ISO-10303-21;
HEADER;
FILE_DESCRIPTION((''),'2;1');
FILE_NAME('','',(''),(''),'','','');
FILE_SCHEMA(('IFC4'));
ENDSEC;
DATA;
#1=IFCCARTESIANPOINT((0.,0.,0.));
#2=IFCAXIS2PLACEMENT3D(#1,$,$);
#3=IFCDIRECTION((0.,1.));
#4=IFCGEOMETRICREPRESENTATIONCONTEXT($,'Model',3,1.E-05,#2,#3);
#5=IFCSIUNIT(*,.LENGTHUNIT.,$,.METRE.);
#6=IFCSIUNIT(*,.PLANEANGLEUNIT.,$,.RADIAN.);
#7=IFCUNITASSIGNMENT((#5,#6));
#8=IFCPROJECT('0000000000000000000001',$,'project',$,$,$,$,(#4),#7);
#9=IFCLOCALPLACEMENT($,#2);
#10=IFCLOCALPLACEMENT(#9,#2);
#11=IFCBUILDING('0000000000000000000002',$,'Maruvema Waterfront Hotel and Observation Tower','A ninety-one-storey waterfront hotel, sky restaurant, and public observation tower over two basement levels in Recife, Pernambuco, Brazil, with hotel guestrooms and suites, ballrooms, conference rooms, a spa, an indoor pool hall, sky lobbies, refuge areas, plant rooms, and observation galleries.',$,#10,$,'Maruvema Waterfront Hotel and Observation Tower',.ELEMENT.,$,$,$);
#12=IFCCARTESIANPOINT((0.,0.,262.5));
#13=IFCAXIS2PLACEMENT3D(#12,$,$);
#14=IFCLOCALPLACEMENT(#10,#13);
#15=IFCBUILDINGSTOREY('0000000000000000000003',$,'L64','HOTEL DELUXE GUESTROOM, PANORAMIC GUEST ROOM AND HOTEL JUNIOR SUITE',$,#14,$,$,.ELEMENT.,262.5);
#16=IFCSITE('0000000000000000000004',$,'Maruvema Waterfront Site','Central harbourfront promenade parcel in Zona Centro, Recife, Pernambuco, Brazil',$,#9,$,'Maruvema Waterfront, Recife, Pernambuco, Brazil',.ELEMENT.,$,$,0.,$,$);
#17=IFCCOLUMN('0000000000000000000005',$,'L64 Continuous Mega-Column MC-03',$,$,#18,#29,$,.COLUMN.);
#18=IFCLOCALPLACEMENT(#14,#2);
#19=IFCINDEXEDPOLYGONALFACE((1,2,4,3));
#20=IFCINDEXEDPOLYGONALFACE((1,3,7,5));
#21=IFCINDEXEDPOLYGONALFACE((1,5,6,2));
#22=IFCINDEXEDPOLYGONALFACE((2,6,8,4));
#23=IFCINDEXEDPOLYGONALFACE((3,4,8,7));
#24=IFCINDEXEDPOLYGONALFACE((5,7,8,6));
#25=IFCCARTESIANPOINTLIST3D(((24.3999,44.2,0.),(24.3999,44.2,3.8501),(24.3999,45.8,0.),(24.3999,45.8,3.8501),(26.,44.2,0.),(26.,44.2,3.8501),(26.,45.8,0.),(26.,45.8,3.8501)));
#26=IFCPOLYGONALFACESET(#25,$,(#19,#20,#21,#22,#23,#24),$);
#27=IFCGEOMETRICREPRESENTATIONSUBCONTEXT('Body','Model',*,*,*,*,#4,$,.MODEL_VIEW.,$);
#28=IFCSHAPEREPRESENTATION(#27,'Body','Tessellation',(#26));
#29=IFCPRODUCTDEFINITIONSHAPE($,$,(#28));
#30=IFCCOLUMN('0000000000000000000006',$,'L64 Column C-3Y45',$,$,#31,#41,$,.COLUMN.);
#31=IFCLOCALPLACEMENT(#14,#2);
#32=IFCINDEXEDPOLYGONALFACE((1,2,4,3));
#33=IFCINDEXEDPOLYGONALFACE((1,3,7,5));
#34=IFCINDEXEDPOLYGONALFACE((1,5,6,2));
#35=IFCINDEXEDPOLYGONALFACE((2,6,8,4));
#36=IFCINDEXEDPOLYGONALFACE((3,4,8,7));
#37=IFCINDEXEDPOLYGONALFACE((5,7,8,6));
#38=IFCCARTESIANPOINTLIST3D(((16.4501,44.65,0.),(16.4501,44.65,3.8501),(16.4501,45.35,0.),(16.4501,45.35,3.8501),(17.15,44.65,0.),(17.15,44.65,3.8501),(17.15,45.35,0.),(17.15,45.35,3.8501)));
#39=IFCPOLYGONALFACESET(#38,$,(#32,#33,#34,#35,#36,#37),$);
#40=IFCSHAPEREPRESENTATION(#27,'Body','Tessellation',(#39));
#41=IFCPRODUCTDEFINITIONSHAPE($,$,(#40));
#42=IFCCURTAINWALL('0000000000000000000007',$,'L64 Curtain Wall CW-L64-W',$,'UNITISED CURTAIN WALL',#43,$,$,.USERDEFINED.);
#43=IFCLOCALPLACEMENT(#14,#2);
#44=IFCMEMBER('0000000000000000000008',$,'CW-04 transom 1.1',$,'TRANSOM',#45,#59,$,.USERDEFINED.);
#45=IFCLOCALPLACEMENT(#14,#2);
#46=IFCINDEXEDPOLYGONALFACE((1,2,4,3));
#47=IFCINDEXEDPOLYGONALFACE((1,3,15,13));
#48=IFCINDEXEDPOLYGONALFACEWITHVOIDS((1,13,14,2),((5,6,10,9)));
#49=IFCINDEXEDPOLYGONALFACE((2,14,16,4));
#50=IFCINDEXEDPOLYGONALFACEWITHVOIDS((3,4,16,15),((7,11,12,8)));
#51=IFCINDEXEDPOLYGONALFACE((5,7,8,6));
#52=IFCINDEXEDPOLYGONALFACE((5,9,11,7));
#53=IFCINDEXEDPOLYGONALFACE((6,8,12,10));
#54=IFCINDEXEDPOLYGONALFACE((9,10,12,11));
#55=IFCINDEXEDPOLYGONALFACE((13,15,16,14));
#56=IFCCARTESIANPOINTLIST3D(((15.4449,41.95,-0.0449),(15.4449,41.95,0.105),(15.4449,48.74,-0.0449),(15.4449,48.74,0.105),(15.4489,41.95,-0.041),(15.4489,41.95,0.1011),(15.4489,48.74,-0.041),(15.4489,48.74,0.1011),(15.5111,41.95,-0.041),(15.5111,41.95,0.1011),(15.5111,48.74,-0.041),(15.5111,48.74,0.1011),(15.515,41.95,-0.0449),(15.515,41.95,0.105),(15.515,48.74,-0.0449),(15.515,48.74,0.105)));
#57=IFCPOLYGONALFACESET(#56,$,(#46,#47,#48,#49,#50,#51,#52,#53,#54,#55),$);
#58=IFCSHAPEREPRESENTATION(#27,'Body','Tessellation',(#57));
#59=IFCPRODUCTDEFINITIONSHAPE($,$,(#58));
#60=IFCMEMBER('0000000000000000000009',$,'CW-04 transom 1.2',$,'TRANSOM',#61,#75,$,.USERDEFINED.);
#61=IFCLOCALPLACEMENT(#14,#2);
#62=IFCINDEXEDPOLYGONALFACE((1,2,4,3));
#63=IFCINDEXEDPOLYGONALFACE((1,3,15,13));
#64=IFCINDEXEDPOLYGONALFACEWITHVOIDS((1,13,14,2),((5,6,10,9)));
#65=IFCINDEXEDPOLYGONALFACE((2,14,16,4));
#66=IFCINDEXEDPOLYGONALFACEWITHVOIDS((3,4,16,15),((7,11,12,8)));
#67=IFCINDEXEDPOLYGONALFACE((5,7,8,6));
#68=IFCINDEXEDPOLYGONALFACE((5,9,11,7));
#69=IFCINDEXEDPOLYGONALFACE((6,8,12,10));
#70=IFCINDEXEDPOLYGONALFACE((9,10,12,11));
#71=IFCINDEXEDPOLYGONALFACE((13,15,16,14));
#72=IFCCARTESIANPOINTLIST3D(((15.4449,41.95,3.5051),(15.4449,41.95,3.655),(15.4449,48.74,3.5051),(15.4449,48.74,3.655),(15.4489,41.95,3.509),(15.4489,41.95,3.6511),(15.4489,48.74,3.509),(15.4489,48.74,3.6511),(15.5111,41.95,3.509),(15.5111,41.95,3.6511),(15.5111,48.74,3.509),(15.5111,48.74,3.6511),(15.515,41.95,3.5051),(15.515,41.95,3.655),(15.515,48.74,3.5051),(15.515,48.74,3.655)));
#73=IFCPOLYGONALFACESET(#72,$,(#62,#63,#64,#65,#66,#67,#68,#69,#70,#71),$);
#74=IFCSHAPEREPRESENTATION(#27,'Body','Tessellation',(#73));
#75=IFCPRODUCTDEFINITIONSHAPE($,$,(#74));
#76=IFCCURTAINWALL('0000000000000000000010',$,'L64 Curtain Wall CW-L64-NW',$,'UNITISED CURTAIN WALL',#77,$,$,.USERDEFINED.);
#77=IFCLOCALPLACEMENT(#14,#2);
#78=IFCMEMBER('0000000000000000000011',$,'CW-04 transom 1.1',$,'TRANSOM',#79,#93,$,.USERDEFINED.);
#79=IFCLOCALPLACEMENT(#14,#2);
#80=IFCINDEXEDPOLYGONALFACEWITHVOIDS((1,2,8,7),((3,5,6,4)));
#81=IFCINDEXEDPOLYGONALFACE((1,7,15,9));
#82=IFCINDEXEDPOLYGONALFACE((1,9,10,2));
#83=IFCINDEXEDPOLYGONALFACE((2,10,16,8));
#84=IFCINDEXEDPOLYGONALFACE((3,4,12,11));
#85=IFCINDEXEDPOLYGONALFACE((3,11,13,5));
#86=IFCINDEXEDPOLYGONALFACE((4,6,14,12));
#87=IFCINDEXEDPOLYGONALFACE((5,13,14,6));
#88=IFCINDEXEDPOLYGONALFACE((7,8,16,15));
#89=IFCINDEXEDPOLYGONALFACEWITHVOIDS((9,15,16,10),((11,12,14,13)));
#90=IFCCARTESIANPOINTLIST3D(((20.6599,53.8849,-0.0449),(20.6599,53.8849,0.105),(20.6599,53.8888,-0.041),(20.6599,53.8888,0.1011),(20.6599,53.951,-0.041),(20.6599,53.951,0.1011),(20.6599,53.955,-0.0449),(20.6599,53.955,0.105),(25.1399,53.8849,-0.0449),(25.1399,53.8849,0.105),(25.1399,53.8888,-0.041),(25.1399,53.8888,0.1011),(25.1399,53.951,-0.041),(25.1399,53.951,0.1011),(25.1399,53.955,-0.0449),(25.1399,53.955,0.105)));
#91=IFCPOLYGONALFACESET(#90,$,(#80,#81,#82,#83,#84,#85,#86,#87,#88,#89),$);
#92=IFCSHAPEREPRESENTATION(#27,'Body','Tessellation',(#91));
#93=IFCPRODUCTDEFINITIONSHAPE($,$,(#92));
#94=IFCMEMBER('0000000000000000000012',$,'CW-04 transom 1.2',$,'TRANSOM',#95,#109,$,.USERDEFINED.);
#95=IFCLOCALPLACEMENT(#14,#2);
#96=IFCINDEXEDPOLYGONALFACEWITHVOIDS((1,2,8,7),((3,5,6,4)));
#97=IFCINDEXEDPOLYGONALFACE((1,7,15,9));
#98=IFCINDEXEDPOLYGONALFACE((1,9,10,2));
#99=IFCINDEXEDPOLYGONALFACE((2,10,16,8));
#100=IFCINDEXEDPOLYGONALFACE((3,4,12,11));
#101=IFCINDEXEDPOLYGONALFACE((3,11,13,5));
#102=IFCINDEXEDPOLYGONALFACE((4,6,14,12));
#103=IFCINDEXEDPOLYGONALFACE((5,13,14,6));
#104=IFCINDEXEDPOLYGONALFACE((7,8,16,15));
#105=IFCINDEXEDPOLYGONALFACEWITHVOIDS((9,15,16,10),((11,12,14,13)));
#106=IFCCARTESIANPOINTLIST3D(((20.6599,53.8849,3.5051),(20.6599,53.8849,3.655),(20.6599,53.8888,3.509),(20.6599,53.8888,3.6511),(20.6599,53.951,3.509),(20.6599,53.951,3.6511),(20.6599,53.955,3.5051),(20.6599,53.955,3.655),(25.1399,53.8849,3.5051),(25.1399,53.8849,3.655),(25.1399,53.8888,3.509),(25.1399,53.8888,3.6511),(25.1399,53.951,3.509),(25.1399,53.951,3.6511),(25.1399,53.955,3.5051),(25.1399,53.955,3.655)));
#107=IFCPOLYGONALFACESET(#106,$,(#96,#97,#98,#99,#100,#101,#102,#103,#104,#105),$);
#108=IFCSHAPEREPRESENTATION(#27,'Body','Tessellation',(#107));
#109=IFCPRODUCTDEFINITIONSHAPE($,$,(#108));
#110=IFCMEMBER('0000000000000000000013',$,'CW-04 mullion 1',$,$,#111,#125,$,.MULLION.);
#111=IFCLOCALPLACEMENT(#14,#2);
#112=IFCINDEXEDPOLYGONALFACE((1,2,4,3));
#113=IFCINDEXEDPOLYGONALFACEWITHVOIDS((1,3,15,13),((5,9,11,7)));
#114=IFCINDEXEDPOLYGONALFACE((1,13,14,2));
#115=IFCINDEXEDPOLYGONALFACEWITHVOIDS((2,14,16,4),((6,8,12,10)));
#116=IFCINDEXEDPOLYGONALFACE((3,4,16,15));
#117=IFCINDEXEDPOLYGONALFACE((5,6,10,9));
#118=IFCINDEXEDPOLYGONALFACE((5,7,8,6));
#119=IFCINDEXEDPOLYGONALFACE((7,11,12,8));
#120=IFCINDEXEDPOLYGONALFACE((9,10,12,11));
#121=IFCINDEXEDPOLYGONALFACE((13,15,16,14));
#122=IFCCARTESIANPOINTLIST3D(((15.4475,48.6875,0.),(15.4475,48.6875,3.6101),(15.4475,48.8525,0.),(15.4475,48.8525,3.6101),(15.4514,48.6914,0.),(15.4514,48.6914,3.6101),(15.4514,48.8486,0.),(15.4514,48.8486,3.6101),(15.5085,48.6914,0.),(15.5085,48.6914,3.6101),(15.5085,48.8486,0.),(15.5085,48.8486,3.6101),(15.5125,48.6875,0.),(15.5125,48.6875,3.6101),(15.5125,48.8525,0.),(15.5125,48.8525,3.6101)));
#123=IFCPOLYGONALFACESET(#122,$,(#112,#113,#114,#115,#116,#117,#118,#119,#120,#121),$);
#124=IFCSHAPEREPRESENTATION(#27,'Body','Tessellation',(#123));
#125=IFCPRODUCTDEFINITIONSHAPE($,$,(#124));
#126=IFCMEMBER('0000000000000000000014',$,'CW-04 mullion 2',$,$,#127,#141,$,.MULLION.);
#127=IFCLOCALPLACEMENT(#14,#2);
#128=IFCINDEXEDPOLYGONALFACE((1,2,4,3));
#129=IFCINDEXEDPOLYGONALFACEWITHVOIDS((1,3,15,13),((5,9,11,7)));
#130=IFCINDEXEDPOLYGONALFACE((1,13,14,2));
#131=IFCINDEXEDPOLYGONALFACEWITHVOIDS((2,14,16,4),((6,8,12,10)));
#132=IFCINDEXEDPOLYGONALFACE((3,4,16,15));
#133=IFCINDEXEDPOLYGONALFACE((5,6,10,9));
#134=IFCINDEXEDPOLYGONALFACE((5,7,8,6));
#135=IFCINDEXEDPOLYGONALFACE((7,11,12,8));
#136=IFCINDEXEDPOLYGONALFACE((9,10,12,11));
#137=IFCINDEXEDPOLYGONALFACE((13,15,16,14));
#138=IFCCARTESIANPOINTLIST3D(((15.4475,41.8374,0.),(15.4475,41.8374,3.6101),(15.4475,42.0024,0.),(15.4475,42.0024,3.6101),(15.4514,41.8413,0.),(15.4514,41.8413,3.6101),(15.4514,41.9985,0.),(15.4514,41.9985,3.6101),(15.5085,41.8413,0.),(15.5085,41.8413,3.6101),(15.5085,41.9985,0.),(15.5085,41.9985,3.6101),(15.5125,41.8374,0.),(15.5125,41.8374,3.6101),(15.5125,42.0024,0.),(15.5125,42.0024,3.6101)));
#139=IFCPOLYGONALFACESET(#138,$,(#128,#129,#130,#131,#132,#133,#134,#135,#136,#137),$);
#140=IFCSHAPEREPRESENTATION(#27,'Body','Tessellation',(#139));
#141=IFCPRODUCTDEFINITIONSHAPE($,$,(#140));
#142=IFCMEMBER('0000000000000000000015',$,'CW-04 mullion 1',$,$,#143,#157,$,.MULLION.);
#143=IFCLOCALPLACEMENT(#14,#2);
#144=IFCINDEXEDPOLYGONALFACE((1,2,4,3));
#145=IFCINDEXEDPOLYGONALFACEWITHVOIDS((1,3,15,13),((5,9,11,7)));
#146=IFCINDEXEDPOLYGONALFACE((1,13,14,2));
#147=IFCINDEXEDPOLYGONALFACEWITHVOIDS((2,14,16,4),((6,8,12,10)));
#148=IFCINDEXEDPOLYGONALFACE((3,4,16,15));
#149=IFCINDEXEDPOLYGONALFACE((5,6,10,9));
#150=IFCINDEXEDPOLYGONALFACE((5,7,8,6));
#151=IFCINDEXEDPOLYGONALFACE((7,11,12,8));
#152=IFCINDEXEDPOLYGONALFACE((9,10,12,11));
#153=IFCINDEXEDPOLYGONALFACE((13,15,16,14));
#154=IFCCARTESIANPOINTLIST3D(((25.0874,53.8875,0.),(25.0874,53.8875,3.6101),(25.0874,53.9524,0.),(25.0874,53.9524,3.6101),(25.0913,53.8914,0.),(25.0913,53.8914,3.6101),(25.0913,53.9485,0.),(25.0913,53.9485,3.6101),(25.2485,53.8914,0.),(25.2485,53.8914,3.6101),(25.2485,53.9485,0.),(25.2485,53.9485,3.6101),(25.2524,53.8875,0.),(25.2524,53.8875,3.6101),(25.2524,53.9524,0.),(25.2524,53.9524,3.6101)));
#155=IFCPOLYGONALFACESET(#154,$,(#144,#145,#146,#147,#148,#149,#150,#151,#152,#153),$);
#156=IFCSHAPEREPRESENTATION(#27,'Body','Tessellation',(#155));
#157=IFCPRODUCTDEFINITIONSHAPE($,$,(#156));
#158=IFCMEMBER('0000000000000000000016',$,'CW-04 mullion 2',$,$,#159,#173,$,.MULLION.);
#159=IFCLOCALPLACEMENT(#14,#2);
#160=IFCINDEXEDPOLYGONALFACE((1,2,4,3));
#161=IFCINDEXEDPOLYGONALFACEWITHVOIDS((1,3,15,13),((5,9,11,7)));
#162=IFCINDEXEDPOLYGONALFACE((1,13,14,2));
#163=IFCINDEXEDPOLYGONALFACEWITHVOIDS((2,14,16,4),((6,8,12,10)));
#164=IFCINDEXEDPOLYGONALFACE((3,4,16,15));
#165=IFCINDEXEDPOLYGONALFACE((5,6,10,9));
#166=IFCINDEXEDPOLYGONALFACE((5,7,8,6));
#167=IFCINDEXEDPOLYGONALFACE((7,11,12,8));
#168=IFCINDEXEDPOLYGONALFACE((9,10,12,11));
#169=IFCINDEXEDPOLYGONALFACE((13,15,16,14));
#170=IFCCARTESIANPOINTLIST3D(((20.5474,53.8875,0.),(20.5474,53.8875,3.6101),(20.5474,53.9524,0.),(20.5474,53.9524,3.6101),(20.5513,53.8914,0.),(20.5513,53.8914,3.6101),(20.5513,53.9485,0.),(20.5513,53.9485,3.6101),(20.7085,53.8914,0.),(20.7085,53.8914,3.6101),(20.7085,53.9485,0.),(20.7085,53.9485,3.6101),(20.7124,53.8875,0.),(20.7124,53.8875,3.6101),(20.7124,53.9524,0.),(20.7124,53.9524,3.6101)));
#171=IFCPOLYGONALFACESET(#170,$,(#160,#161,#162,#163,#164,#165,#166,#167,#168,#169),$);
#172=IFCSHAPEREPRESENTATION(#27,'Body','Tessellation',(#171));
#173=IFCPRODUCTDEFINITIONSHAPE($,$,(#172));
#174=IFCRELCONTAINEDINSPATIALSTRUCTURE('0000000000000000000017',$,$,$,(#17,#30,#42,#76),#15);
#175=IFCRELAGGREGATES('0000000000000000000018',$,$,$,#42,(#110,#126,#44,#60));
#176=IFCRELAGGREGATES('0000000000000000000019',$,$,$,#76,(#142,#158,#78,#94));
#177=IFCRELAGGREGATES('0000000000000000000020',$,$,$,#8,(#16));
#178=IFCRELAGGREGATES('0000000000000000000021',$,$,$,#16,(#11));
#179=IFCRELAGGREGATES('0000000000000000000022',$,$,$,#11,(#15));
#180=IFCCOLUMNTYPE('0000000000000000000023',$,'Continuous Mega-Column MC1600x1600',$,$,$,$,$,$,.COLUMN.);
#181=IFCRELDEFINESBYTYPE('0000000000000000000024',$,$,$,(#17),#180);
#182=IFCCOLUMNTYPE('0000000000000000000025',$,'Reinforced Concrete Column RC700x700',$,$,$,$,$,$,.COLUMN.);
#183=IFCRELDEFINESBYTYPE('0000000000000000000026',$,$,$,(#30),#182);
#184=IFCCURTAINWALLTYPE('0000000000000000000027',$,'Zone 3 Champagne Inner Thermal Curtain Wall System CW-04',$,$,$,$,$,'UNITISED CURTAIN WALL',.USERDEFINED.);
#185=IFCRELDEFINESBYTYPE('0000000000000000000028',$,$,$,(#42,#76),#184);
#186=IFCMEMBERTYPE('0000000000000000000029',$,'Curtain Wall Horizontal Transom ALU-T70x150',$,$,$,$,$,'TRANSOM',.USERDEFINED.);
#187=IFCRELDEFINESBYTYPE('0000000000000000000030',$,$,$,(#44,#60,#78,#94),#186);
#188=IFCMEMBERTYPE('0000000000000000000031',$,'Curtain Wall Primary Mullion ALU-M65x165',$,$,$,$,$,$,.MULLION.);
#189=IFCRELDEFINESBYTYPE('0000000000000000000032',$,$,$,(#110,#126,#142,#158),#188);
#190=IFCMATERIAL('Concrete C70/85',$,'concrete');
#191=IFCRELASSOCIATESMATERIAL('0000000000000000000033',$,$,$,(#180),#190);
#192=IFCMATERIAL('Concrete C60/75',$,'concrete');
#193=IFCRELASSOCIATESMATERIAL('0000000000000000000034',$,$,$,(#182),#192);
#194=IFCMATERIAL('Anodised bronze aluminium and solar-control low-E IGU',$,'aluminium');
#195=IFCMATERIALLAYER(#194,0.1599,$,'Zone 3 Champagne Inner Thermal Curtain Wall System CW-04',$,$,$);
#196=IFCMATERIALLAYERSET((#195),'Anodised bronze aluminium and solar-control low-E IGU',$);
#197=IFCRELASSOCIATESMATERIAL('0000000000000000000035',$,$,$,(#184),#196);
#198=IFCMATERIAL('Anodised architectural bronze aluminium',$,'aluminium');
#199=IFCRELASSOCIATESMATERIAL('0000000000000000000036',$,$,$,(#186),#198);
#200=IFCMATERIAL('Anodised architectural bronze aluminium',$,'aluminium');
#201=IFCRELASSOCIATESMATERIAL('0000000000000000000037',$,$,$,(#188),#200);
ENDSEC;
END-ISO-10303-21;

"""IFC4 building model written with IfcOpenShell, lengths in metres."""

from ifc_helpers import new_model, si_unit, direction, frame, origin, origin_2d, place, context, subcontext, project, spatial, rectangle, hollow_rectangle, extrude, material, layer, layer_set, material_profile, profile_set, type_object, element, aggregate, save


model = new_model("IFC4")

# Units and contexts
model_context = context("Model", 3, precision=1e-05, world=origin(), true_north=direction((0.0, 1.0)))
body_context = subcontext(model_context, "Body", "Model", "MODEL_VIEW")
ifc_project = project(units=[si_unit("LENGTHUNIT", "METRE"), si_unit("PLANEANGLEUNIT", "RADIAN")], contexts=[model_context])

# Site, building, storey
site_placement = place(None, origin())
site = spatial("IfcSite", under=ifc_project, at=site_placement, Name="Maruvema Waterfront Site", Description="Central harbourfront promenade parcel in Zona Centro, Recife, Pernambuco, Brazil", LongName="Maruvema Waterfront, Recife, Pernambuco, Brazil", CompositionType="ELEMENT", RefElevation=0.0)
building_placement = place(site_placement, origin())
building = spatial("IfcBuilding", under=site, at=building_placement, Name="Maruvema Waterfront Hotel and Observation Tower", Description="A ninety-one-storey waterfront hotel, sky restaurant, and public observation tower over two basement levels in Recife, Pernambuco, Brazil, with hotel guestrooms and suites, ballrooms, conference rooms, a spa, an indoor pool hall, sky lobbies, refuge areas, plant rooms, and observation galleries.", LongName="Maruvema Waterfront Hotel and Observation Tower", CompositionType="ELEMENT")
storey_placement = place(building_placement, frame((0.0, 0.0, 262.5)))
storey = spatial("IfcBuildingStorey", under=building, at=storey_placement, Name="L64", Description="HOTEL DELUXE GUESTROOM, PANORAMIC GUEST ROOM AND HOTEL JUNIOR SUITE", CompositionType="ELEMENT", Elevation=262.5)

# Columns
ifc_material_1 = material(Name="Concrete C70/85", Category="concrete")
ifc_material_profile_1 = material_profile(ifc_material_1, rectangle(XDim=1.6001, YDim=1.6001, at=origin_2d()), Name="MC1600x1600")
ifc_profile_set_1 = profile_set([ifc_material_profile_1], Name="Concrete C70/85")
column_type_1 = type_object("IfcColumnType", Name="Continuous Mega-Column MC1600x1600", PredefinedType="COLUMN", material=ifc_profile_set_1)
column_1_placement = place(storey_placement, frame((25.2, 45.0, 0.0), z_axis=(0.0, 0.0, 1.0), x_axis=(1.0, 0.0, 0.0)))
element("IfcColumn", 1, at=column_1_placement, inside=storey, type_object=column_type_1, Name="L64 Continuous Mega-Column MC-03", PredefinedType="COLUMN", context=body_context, shape_type="SweptSolid", body=[
    extrude(rectangle(XDim=1.6001, YDim=1.6001, at=origin_2d()), origin(), (0.0, 0.0, 1.0), 3.8501),
])
ifc_material_2 = material(Name="Concrete C60/75", Category="concrete")
ifc_material_profile_2 = material_profile(ifc_material_2, rectangle(XDim=0.7, YDim=0.7, at=origin_2d()), Name="RC700x700")
ifc_profile_set_2 = profile_set([ifc_material_profile_2], Name="Concrete C60/75")
column_type_2 = type_object("IfcColumnType", Name="Reinforced Concrete Column RC700x700", PredefinedType="COLUMN", material=ifc_profile_set_2)
column_2_placement = place(storey_placement, frame((16.8, 45.0, 0.0), z_axis=(0.0, 0.0, 1.0), x_axis=(1.0, 0.0, 0.0)))
element("IfcColumn", 2, at=column_2_placement, inside=storey, type_object=column_type_2, Name="L64 Column C-3Y45", PredefinedType="COLUMN", context=body_context, shape_type="SweptSolid", body=[
    extrude(rectangle(XDim=0.7, YDim=0.7, at=origin_2d()), origin(), (0.0, 0.0, 1.0), 3.8501),
])

# Curtain walls, members
ifc_material_3 = material(Name="Anodised bronze aluminium and solar-control low-E IGU", Category="aluminium")
ifc_layer_1 = layer(ifc_material_3, 0.1599, Name="Zone 3 Champagne Inner Thermal Curtain Wall System CW-04")
ifc_layer_set_1 = layer_set([ifc_layer_1], Name="Anodised bronze aluminium and solar-control low-E IGU")
curtain_wall_type = type_object("IfcCurtainWallType", Name="Zone 3 Champagne Inner Thermal Curtain Wall System CW-04", ElementType="UNITISED CURTAIN WALL", PredefinedType="USERDEFINED", material=ifc_layer_set_1)
curtain_wall_1_placement = place(storey_placement, origin())
curtain_wall_1 = element("IfcCurtainWall", 3, at=curtain_wall_1_placement, inside=storey, type_object=curtain_wall_type, Name="L64 Curtain Wall CW-L64-W", ObjectType="UNITISED CURTAIN WALL", PredefinedType="USERDEFINED")
ifc_material_4 = material(Name="Anodised architectural bronze aluminium", Category="aluminium")
ifc_material_profile_3 = material_profile(ifc_material_4, hollow_rectangle(XDim=0.0701, YDim=0.1499, WallThickness=0.0039, at=origin_2d()), Name="ALU-T70x150")
ifc_profile_set_3 = profile_set([ifc_material_profile_3], Name="Anodised architectural bronze aluminium")
member_type_1 = type_object("IfcMemberType", Name="Curtain Wall Horizontal Transom ALU-T70x150", ElementType="TRANSOM", PredefinedType="USERDEFINED", material=ifc_profile_set_3)
member_1_placement = place(storey_placement, frame((15.48, 48.74, 0.03), z_axis=(0.0, -1.0, 0.0), x_axis=(1.0, 0.0, 0.0)))
member_1 = element("IfcMember", 4, at=member_1_placement, type_object=member_type_1, Name="CW-04 transom 1.1", ObjectType="TRANSOM", PredefinedType="USERDEFINED", context=body_context, shape_type="SweptSolid", body=[
    extrude(hollow_rectangle(XDim=0.0701, YDim=0.1499, WallThickness=0.0039, at=origin_2d()), origin(), (0.0, 0.0, 1.0), 6.79),
])
member_2_placement = place(storey_placement, frame((15.48, 48.74, 3.5801), z_axis=(0.0, -1.0, 0.0), x_axis=(1.0, 0.0, 0.0)))
member_2 = element("IfcMember", 5, at=member_2_placement, type_object=member_type_1, Name="CW-04 transom 1.2", ObjectType="TRANSOM", PredefinedType="USERDEFINED", context=body_context, shape_type="SweptSolid", body=[
    extrude(hollow_rectangle(XDim=0.0701, YDim=0.1499, WallThickness=0.0039, at=origin_2d()), origin(), (0.0, 0.0, 1.0), 6.79),
])
curtain_wall_2_placement = place(storey_placement, origin())
curtain_wall_2 = element("IfcCurtainWall", 6, at=curtain_wall_2_placement, inside=storey, type_object=curtain_wall_type, Name="L64 Curtain Wall CW-L64-NW", ObjectType="UNITISED CURTAIN WALL", PredefinedType="USERDEFINED")
member_3_placement = place(storey_placement, frame((25.1399, 53.9199, 0.03), z_axis=(-1.0, 0.0, 0.0), x_axis=(0.0, -1.0, 0.0)))
member_3 = element("IfcMember", 7, at=member_3_placement, type_object=member_type_1, Name="CW-04 transom 1.1", ObjectType="TRANSOM", PredefinedType="USERDEFINED", context=body_context, shape_type="SweptSolid", body=[
    extrude(hollow_rectangle(XDim=0.0701, YDim=0.1499, WallThickness=0.0039, at=origin_2d()), origin(), (0.0, 0.0, 1.0), 4.48),
])
member_4_placement = place(storey_placement, frame((25.1399, 53.9199, 3.5801), z_axis=(-1.0, 0.0, 0.0), x_axis=(0.0, -1.0, 0.0)))
member_4 = element("IfcMember", 8, at=member_4_placement, type_object=member_type_1, Name="CW-04 transom 1.2", ObjectType="TRANSOM", PredefinedType="USERDEFINED", context=body_context, shape_type="SweptSolid", body=[
    extrude(hollow_rectangle(XDim=0.0701, YDim=0.1499, WallThickness=0.0039, at=origin_2d()), origin(), (0.0, 0.0, 1.0), 4.48),
])

# Members
ifc_material_5 = material(Name="Anodised architectural bronze aluminium", Category="aluminium")
ifc_material_profile_4 = material_profile(ifc_material_5, hollow_rectangle(XDim=0.0649, YDim=0.165, WallThickness=0.0039, at=origin_2d()), Name="ALU-M65x165")
ifc_profile_set_4 = profile_set([ifc_material_profile_4], Name="Anodised architectural bronze aluminium")
member_type_2 = type_object("IfcMemberType", Name="Curtain Wall Primary Mullion ALU-M65x165", PredefinedType="MULLION", material=ifc_profile_set_4)
member_5_placement = place(storey_placement, frame((15.48, 48.77, 0.0), z_axis=(0.0, 0.0, 1.0), x_axis=(1.0, 0.0, 0.0)))
member_5 = element("IfcMember", 9, at=member_5_placement, type_object=member_type_2, Name="CW-04 mullion 1", PredefinedType="MULLION", context=body_context, shape_type="SweptSolid", body=[
    extrude(hollow_rectangle(XDim=0.0649, YDim=0.165, WallThickness=0.0039, at=origin_2d()), origin(), (0.0, 0.0, 1.0), 3.6101),
])
member_6_placement = place(storey_placement, frame((15.48, 41.9199, 0.0), z_axis=(0.0, 0.0, 1.0), x_axis=(1.0, 0.0, 0.0)))
member_6 = element("IfcMember", 10, at=member_6_placement, type_object=member_type_2, Name="CW-04 mullion 2", PredefinedType="MULLION", context=body_context, shape_type="SweptSolid", body=[
    extrude(hollow_rectangle(XDim=0.0649, YDim=0.165, WallThickness=0.0039, at=origin_2d()), origin(), (0.0, 0.0, 1.0), 3.6101),
])
member_7_placement = place(storey_placement, frame((25.1699, 53.9199, 0.0), z_axis=(0.0, 0.0, 1.0), x_axis=(0.0, -1.0, 0.0)))
member_7 = element("IfcMember", 11, at=member_7_placement, type_object=member_type_2, Name="CW-04 mullion 1", PredefinedType="MULLION", context=body_context, shape_type="SweptSolid", body=[
    extrude(hollow_rectangle(XDim=0.0649, YDim=0.165, WallThickness=0.0039, at=origin_2d()), origin(), (0.0, 0.0, 1.0), 3.6101),
])
member_8_placement = place(storey_placement, frame((20.6299, 53.9199, 0.0), z_axis=(0.0, 0.0, 1.0), x_axis=(0.0, -1.0, 0.0)))
member_8 = element("IfcMember", 12, at=member_8_placement, type_object=member_type_2, Name="CW-04 mullion 2", PredefinedType="MULLION", context=body_context, shape_type="SweptSolid", body=[
    extrude(hollow_rectangle(XDim=0.0649, YDim=0.165, WallThickness=0.0039, at=origin_2d()), origin(), (0.0, 0.0, 1.0), 3.6101),
])

aggregate(curtain_wall_1, [member_5, member_6, member_1, member_2])
aggregate(curtain_wall_2, [member_7, member_8, member_3, member_4])

save(model, "model.ifc")
